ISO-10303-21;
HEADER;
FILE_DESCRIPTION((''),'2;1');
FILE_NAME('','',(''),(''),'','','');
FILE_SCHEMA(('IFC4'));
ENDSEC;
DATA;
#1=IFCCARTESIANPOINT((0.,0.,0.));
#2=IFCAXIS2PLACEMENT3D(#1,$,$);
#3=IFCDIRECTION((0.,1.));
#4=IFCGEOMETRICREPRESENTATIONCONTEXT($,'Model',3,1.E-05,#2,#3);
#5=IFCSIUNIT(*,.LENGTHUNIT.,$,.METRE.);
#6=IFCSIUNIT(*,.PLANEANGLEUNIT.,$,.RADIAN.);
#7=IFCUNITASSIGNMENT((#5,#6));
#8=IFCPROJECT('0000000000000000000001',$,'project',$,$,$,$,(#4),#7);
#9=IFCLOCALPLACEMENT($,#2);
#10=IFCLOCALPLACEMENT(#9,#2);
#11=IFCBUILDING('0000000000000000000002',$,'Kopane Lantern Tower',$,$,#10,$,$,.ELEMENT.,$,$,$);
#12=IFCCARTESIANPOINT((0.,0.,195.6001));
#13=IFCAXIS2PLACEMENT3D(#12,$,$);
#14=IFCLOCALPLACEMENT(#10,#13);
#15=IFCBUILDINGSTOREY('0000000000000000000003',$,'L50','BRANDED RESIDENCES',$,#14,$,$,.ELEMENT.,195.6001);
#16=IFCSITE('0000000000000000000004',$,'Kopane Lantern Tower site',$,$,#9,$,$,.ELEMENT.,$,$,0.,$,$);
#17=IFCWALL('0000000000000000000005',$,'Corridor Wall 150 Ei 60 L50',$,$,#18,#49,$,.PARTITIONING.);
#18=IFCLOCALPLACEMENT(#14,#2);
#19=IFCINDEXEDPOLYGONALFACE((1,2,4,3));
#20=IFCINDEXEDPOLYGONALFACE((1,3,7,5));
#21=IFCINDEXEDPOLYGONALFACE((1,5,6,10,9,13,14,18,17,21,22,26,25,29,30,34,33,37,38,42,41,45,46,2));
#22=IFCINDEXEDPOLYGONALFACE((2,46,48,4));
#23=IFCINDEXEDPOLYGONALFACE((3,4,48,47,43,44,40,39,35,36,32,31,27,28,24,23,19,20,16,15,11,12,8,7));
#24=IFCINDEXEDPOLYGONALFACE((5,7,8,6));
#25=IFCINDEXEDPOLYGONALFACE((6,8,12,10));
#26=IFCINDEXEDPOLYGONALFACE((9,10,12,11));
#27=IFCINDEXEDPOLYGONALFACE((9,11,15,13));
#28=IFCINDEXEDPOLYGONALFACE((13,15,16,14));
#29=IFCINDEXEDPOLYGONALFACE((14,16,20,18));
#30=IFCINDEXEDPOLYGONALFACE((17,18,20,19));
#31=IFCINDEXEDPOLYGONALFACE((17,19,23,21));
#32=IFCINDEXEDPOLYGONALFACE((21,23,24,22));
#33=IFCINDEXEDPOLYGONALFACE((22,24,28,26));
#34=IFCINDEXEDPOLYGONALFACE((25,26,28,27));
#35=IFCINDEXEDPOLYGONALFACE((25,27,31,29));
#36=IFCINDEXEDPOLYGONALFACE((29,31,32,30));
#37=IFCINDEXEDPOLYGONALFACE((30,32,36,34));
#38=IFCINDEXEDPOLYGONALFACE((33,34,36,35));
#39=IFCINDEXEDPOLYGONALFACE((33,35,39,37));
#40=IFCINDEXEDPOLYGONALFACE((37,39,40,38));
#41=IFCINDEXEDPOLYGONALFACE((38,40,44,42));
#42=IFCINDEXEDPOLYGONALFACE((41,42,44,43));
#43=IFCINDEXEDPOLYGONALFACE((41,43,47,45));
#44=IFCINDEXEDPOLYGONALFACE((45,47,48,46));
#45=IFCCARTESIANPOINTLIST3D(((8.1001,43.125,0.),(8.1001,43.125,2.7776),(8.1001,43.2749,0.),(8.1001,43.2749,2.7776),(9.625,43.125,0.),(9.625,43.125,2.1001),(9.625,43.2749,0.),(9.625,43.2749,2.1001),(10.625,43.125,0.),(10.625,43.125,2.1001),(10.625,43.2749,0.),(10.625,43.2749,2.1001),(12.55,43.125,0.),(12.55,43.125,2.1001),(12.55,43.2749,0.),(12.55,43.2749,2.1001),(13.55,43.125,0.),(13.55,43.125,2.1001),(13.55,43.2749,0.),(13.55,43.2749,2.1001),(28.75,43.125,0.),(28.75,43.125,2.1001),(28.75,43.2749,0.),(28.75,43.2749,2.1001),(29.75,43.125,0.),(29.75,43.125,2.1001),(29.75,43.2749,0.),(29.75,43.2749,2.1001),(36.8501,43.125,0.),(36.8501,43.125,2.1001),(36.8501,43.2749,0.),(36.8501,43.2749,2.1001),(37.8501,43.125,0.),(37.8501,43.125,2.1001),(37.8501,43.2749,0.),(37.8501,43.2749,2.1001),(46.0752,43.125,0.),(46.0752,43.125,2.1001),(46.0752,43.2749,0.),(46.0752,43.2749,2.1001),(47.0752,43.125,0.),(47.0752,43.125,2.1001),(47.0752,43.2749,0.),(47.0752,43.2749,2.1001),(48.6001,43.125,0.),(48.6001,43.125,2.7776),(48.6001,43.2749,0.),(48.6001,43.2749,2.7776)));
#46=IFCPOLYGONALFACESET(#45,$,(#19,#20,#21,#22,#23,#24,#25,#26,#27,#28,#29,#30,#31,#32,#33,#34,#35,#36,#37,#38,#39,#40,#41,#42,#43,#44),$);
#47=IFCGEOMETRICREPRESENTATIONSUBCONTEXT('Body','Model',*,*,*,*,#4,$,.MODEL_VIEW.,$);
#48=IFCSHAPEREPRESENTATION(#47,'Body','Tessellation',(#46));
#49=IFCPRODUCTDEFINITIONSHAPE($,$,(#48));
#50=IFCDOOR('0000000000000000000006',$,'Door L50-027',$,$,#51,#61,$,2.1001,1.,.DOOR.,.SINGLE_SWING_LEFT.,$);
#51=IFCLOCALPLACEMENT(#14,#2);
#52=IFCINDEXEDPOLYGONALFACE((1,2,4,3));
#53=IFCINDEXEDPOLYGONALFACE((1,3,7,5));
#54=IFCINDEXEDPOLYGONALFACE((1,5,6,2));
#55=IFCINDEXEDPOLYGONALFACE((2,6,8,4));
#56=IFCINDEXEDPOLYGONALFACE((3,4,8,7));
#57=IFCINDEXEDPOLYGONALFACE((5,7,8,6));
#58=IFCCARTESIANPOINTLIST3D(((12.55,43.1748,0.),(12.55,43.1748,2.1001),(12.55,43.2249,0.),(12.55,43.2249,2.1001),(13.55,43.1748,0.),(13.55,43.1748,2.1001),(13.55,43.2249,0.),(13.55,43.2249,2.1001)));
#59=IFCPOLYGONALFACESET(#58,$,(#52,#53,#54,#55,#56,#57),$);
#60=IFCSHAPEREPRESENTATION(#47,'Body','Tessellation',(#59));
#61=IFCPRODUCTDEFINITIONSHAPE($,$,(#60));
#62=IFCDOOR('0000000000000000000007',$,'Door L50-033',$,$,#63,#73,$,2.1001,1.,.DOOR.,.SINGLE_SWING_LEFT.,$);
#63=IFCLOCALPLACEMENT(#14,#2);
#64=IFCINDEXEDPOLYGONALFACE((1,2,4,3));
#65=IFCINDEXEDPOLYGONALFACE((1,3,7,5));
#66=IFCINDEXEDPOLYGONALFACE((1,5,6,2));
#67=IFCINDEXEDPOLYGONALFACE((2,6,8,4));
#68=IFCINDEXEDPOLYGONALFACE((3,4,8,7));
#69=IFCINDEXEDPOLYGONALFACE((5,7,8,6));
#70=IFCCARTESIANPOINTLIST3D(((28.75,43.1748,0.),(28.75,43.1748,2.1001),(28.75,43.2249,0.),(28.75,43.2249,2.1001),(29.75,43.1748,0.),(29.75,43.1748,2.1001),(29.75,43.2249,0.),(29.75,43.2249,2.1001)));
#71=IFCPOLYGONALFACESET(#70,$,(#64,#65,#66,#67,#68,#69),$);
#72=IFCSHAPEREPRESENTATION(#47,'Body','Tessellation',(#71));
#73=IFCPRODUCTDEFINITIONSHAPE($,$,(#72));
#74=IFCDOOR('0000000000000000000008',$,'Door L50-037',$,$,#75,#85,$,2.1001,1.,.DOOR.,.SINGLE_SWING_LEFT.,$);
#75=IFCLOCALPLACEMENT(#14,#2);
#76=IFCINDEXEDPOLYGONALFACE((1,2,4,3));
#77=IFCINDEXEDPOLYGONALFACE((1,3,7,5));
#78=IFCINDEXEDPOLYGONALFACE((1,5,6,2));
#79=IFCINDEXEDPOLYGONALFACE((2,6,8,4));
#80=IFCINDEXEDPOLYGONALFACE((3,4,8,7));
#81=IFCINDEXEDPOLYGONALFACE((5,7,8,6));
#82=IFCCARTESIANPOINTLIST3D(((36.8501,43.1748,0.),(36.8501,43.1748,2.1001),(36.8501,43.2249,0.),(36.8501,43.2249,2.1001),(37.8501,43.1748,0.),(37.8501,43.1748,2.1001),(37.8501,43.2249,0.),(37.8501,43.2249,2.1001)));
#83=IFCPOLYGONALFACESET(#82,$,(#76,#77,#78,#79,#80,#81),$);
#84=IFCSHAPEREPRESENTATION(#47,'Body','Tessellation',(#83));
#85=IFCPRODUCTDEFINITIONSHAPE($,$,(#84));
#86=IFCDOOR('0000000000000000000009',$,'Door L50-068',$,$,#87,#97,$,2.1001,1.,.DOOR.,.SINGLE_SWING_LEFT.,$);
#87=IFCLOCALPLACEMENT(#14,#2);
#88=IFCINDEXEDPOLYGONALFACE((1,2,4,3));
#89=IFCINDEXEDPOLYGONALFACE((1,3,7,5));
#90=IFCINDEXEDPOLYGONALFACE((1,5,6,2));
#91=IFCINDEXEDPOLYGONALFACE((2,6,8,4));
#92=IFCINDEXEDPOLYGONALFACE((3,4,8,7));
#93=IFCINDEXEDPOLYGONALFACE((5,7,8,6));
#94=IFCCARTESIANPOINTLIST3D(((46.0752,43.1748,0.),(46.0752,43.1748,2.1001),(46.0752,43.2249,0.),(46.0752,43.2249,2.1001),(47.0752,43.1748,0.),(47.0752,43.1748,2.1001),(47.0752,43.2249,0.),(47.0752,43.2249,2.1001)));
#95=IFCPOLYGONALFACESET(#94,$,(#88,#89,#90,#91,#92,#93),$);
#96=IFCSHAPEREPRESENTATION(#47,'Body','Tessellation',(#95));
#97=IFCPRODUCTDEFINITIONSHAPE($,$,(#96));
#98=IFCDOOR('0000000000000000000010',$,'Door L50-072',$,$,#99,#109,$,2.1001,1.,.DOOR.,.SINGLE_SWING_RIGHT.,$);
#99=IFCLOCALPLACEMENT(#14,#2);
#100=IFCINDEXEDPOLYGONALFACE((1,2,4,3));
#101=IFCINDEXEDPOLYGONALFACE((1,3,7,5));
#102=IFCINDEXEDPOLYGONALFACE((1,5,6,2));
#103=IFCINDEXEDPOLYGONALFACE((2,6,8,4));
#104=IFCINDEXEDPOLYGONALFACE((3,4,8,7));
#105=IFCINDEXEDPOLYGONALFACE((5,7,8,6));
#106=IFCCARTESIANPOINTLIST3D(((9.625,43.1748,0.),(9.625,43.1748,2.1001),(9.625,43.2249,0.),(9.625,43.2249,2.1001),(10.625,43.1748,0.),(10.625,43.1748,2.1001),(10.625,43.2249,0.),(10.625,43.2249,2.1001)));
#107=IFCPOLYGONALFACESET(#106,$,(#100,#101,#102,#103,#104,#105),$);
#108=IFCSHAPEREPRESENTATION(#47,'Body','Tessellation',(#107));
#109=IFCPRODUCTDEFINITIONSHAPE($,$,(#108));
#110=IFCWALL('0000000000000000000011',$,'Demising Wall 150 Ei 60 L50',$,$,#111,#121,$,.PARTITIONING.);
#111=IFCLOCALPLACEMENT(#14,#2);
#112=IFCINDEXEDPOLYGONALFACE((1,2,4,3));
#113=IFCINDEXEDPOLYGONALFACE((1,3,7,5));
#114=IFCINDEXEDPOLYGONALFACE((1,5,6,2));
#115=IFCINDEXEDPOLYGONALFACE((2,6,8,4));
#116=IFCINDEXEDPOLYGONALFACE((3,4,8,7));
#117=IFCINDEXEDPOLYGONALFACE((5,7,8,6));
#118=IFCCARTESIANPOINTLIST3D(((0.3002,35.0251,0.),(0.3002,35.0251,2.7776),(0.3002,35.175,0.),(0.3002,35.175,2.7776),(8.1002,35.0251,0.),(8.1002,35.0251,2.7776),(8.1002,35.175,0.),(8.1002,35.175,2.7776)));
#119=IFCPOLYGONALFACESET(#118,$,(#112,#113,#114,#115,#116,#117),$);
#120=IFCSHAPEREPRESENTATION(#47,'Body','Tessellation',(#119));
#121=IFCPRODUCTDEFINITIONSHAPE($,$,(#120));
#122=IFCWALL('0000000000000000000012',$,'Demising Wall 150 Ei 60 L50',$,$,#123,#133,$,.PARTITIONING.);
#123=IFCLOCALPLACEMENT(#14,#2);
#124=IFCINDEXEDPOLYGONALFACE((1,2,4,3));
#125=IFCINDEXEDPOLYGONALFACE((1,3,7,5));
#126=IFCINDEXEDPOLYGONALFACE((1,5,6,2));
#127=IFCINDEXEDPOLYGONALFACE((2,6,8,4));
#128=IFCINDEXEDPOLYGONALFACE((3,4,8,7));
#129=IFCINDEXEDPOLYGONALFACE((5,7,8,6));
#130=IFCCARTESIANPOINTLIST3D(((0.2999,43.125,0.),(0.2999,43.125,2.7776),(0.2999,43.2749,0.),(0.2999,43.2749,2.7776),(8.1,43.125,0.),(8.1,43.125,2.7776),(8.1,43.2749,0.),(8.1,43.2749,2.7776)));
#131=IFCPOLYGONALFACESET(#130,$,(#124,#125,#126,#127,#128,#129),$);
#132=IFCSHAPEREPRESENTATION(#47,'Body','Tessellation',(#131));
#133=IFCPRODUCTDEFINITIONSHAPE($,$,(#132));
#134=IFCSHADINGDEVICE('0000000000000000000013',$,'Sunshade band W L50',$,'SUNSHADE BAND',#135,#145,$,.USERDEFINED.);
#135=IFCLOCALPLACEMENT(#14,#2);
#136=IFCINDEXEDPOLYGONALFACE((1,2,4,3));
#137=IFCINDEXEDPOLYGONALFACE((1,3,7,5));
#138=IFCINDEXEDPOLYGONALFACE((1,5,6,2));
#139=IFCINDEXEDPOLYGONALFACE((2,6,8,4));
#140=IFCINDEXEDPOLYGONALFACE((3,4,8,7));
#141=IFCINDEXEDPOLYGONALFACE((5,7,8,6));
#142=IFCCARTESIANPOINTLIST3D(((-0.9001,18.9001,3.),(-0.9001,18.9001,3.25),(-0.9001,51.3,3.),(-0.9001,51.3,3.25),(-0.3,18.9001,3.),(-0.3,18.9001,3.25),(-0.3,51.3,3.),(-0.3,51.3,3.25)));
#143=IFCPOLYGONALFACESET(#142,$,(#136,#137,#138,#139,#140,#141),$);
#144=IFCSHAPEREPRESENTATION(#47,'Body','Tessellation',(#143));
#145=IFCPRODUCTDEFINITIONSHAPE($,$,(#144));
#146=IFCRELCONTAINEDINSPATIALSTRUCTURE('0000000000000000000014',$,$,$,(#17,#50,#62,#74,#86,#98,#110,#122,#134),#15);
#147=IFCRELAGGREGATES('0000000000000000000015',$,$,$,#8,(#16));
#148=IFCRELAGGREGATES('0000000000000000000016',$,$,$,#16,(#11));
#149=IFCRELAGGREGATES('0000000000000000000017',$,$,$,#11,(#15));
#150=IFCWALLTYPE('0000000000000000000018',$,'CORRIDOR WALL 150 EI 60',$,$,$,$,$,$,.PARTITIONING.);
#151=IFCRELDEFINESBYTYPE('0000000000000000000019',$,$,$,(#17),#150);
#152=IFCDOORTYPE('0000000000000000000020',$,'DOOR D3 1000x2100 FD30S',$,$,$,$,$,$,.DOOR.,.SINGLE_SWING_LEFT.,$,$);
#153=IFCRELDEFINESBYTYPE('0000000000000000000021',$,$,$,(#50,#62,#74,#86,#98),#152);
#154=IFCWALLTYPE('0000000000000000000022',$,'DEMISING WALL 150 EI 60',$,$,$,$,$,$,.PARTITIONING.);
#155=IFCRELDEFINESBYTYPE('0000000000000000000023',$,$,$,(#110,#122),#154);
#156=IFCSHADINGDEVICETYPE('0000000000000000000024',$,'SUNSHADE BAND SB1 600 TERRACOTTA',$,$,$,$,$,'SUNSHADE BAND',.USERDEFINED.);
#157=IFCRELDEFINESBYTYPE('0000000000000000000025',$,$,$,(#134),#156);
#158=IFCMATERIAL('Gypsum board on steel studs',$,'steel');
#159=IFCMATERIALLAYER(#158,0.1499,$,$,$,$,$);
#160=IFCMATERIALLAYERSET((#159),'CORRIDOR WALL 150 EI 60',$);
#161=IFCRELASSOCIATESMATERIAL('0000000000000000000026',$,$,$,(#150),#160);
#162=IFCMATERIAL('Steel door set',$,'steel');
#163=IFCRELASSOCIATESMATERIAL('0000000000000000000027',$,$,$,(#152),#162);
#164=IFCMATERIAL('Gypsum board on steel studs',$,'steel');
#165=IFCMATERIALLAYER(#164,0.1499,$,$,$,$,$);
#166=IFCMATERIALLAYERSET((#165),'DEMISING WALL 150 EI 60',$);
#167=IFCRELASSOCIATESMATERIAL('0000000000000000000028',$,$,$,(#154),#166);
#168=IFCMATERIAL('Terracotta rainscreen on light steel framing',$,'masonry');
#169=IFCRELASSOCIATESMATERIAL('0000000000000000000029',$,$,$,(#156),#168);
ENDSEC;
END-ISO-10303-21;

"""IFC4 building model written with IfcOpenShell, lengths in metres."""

from ifc_helpers import new_model, si_unit, direction, frame, frame_2d, origin, origin_2d, place, context, subcontext, project, spatial, rectangle, extrude, material, layer, layer_set, type_object, element, fill, save


model = new_model("IFC4")

# Units and contexts
model_context = context("Model", 3, precision=1e-05, world=origin(), true_north=direction((0.0, 1.0)))
body_context = subcontext(model_context, "Body", "Model", "MODEL_VIEW")
ifc_project = project(units=[si_unit("LENGTHUNIT", "METRE"), si_unit("PLANEANGLEUNIT", "RADIAN")], contexts=[model_context])

# Site, building, storey
site_placement = place(None, origin())
site = spatial("IfcSite", under=ifc_project, at=site_placement, Name="Kopane Lantern Tower site", CompositionType="ELEMENT", RefElevation=0.0)
building_placement = place(site_placement, origin())
building = spatial("IfcBuilding", under=site, at=building_placement, Name="Kopane Lantern Tower", CompositionType="ELEMENT")
storey_placement = place(building_placement, frame((0.0, 0.0, 195.6001)))
storey = spatial("IfcBuildingStorey", under=building, at=storey_placement, Name="L50", Description="BRANDED RESIDENCES", CompositionType="ELEMENT", Elevation=195.6001)

# Wall, openings, doors
ifc_material_1 = material(Name="Gypsum board on steel studs", Category="steel")
ifc_layer_1 = layer(ifc_material_1, 0.1499)
ifc_layer_set_1 = layer_set([ifc_layer_1], Name="CORRIDOR WALL 150 EI 60")
wall_type_1 = type_object("IfcWallType", Name="CORRIDOR WALL 150 EI 60", PredefinedType="PARTITIONING", material=ifc_layer_set_1)
wall_1_placement = place(storey_placement, frame((8.1001, 43.2, 0.0), z_axis=(0.0, 0.0, 1.0), x_axis=(1.0, 0.0, 0.0)))
wall_1 = element("IfcWall", 1, at=wall_1_placement, inside=storey, type_object=wall_type_1, Name="Corridor Wall 150 Ei 60 L50", PredefinedType="PARTITIONING", context=body_context, shape_type="SweptSolid", body=[
    extrude(rectangle(XDim=40.5, YDim=0.1499, at=frame_2d((20.25, 0.0))), origin(), (0.0, 0.0, 1.0), 2.7776),
])
opening_1_placement = place(wall_1_placement, frame((4.45, 0.0, 0.0)))
opening_1 = element("IfcOpeningElement", 2, at=opening_1_placement, cuts=wall_1, PredefinedType="OPENING", context=body_context, shape_type="SweptSolid", body=[
    extrude(rectangle(XDim=1.0, YDim=2.1001, at=frame_2d((0.5, 1.05))), frame((0.0, 0.085, 0.0), z_axis=(0.0, -1.0, 0.0), x_axis=(1.0, 0.0, 0.0)), (0.0, 0.0, 1.0), 0.1699),
])
opening_2_placement = place(wall_1_placement, frame((20.6499, 0.0, 0.0)))
opening_2 = element("IfcOpeningElement", 3, at=opening_2_placement, cuts=wall_1, PredefinedType="OPENING", context=body_context, shape_type="SweptSolid", body=[
    extrude(rectangle(XDim=1.0, YDim=2.1001, at=frame_2d((0.5, 1.05))), frame((0.0, 0.085, 0.0), z_axis=(0.0, -1.0, 0.0), x_axis=(1.0, 0.0, 0.0)), (0.0, 0.0, 1.0), 0.1699),
])
opening_3_placement = place(wall_1_placement, frame((28.75, 0.0, 0.0)))
opening_3 = element("IfcOpeningElement", 4, at=opening_3_placement, cuts=wall_1, PredefinedType="OPENING", context=body_context, shape_type="SweptSolid", body=[
    extrude(rectangle(XDim=1.0, YDim=2.1001, at=frame_2d((0.5, 1.05))), frame((0.0, 0.085, 0.0), z_axis=(0.0, -1.0, 0.0), x_axis=(1.0, 0.0, 0.0)), (0.0, 0.0, 1.0), 0.1699),
])
opening_4_placement = place(wall_1_placement, frame((37.9751, 0.0, 0.0)))
opening_4 = element("IfcOpeningElement", 5, at=opening_4_placement, cuts=wall_1, PredefinedType="OPENING", context=body_context, shape_type="SweptSolid", body=[
    extrude(rectangle(XDim=1.0, YDim=2.1001, at=frame_2d((0.5, 1.05))), frame((0.0, 0.085, 0.0), z_axis=(0.0, -1.0, 0.0), x_axis=(1.0, 0.0, 0.0)), (0.0, 0.0, 1.0), 0.1699),
])
opening_5_placement = place(wall_1_placement, frame((1.5249, 0.0, 0.0)))
opening_5 = element("IfcOpeningElement", 6, at=opening_5_placement, cuts=wall_1, PredefinedType="OPENING", context=body_context, shape_type="SweptSolid", body=[
    extrude(rectangle(XDim=1.0, YDim=2.1001, at=frame_2d((0.5, 1.05))), frame((0.0, 0.085, 0.0), z_axis=(0.0, -1.0, 0.0), x_axis=(1.0, 0.0, 0.0)), (0.0, 0.0, 1.0), 0.1699),
])
ifc_material_2 = material(Name="Steel door set", Category="steel")
door_type_1 = type_object("IfcDoorType", Name="DOOR D3 1000x2100 FD30S", OperationType="SINGLE_SWING_LEFT", PredefinedType="DOOR", material=ifc_material_2)
door_1_placement = place(opening_1_placement, origin())
door_1 = element("IfcDoor", 7, at=door_1_placement, inside=storey, type_object=door_type_1, Name="Door L50-027", OperationType="SINGLE_SWING_LEFT", OverallHeight=2.1001, OverallWidth=1.0, PredefinedType="DOOR", context=body_context, shape_type="SweptSolid", body=[
    extrude(rectangle(XDim=1.0, YDim=2.1001, at=frame_2d((0.5, 1.05))), frame((0.0, 0.0249, 0.0), z_axis=(0.0, -1.0, 0.0), x_axis=(1.0, 0.0, 0.0)), (0.0, 0.0, 1.0), 0.05),
])
fill(opening_1, door_1)
door_2_placement = place(opening_2_placement, origin())
door_2 = element("IfcDoor", 8, at=door_2_placement, inside=storey, type_object=door_type_1, Name="Door L50-033", OperationType="SINGLE_SWING_LEFT", OverallHeight=2.1001, OverallWidth=1.0, PredefinedType="DOOR", context=body_context, shape_type="SweptSolid", body=[
    extrude(rectangle(XDim=1.0, YDim=2.1001, at=frame_2d((0.5, 1.05))), frame((0.0, 0.0249, 0.0), z_axis=(0.0, -1.0, 0.0), x_axis=(1.0, 0.0, 0.0)), (0.0, 0.0, 1.0), 0.05),
])
fill(opening_2, door_2)
door_3_placement = place(opening_3_placement, origin())
door_3 = element("IfcDoor", 9, at=door_3_placement, inside=storey, type_object=door_type_1, Name="Door L50-037", OperationType="SINGLE_SWING_LEFT", OverallHeight=2.1001, OverallWidth=1.0, PredefinedType="DOOR", context=body_context, shape_type="SweptSolid", body=[
    extrude(rectangle(XDim=1.0, YDim=2.1001, at=frame_2d((0.5, 1.05))), frame((0.0, 0.0249, 0.0), z_axis=(0.0, -1.0, 0.0), x_axis=(1.0, 0.0, 0.0)), (0.0, 0.0, 1.0), 0.05),
])
fill(opening_3, door_3)
door_4_placement = place(opening_4_placement, origin())
door_4 = element("IfcDoor", 10, at=door_4_placement, inside=storey, type_object=door_type_1, Name="Door L50-068", OperationType="SINGLE_SWING_LEFT", OverallHeight=2.1001, OverallWidth=1.0, PredefinedType="DOOR", context=body_context, shape_type="SweptSolid", body=[
    extrude(rectangle(XDim=1.0, YDim=2.1001, at=frame_2d((0.5, 1.05))), frame((0.0, 0.0249, 0.0), z_axis=(0.0, -1.0, 0.0), x_axis=(1.0, 0.0, 0.0)), (0.0, 0.0, 1.0), 0.05),
])
fill(opening_4, door_4)
door_5_placement = place(opening_5_placement, origin())
door_5 = element("IfcDoor", 11, at=door_5_placement, inside=storey, type_object=door_type_1, Name="Door L50-072", OperationType="SINGLE_SWING_RIGHT", OverallHeight=2.1001, OverallWidth=1.0, PredefinedType="DOOR", context=body_context, shape_type="SweptSolid", body=[
    extrude(rectangle(XDim=1.0, YDim=2.1001, at=frame_2d((0.5, 1.05))), frame((0.0, 0.0249, 0.0), z_axis=(0.0, -1.0, 0.0), x_axis=(1.0, 0.0, 0.0)), (0.0, 0.0, 1.0), 0.05),
])
fill(opening_5, door_5)

# Walls
ifc_material_3 = material(Name="Gypsum board on steel studs", Category="steel")
ifc_layer_2 = layer(ifc_material_3, 0.1499)
ifc_layer_set_2 = layer_set([ifc_layer_2], Name="DEMISING WALL 150 EI 60")
wall_type_2 = type_object("IfcWallType", Name="DEMISING WALL 150 EI 60", PredefinedType="PARTITIONING", material=ifc_layer_set_2)
for number, where, z_axis, x_axis, name in (
    (12, (8.1001, 35.1001, 0.0), (0.0, 0.0, 1.0), (-1.0, 0.0, 0.0), "Demising Wall 150 Ei 60 L50"),
    (13, (0.3, 43.2, 0.0), (0.0, 0.0, 1.0), (1.0, 0.0, 0.0), "Demising Wall 150 Ei 60 L50"),
):
    element("IfcWall", number, at=place(storey_placement, frame(where, z_axis=z_axis, x_axis=x_axis)), inside=storey, type_object=wall_type_2, Name=name, PredefinedType="PARTITIONING", context=body_context, shape_type="SweptSolid", body=[
        extrude(rectangle(XDim=7.8, YDim=0.1499, at=frame_2d((3.8999, 0.0))), origin(), (0.0, 0.0, 1.0), 2.7776),
    ])

# Shading device
ifc_material_4 = material(Name="Terracotta rainscreen on light steel framing", Category="masonry")
shading_device_type = type_object("IfcShadingDeviceType", Name="SUNSHADE BAND SB1 600 TERRACOTTA", ElementType="SUNSHADE BAND", PredefinedType="USERDEFINED", material=ifc_material_4)
shading_device_placement = place(storey_placement, frame((-0.6001, 35.1001, 3.0), z_axis=(0.0, 0.0, 1.0), x_axis=(0.0, -1.0, 0.0)))
element("IfcShadingDevice", 14, at=shading_device_placement, inside=storey, type_object=shading_device_type, Name="Sunshade band W L50", ObjectType="SUNSHADE BAND", PredefinedType="USERDEFINED", context=body_context, shape_type="SweptSolid", body=[
    extrude(rectangle(XDim=32.3999, YDim=0.6001, at=origin_2d()), origin(), (0.0, 0.0, 1.0), 0.25),
])

save(model, "model.ifc")
